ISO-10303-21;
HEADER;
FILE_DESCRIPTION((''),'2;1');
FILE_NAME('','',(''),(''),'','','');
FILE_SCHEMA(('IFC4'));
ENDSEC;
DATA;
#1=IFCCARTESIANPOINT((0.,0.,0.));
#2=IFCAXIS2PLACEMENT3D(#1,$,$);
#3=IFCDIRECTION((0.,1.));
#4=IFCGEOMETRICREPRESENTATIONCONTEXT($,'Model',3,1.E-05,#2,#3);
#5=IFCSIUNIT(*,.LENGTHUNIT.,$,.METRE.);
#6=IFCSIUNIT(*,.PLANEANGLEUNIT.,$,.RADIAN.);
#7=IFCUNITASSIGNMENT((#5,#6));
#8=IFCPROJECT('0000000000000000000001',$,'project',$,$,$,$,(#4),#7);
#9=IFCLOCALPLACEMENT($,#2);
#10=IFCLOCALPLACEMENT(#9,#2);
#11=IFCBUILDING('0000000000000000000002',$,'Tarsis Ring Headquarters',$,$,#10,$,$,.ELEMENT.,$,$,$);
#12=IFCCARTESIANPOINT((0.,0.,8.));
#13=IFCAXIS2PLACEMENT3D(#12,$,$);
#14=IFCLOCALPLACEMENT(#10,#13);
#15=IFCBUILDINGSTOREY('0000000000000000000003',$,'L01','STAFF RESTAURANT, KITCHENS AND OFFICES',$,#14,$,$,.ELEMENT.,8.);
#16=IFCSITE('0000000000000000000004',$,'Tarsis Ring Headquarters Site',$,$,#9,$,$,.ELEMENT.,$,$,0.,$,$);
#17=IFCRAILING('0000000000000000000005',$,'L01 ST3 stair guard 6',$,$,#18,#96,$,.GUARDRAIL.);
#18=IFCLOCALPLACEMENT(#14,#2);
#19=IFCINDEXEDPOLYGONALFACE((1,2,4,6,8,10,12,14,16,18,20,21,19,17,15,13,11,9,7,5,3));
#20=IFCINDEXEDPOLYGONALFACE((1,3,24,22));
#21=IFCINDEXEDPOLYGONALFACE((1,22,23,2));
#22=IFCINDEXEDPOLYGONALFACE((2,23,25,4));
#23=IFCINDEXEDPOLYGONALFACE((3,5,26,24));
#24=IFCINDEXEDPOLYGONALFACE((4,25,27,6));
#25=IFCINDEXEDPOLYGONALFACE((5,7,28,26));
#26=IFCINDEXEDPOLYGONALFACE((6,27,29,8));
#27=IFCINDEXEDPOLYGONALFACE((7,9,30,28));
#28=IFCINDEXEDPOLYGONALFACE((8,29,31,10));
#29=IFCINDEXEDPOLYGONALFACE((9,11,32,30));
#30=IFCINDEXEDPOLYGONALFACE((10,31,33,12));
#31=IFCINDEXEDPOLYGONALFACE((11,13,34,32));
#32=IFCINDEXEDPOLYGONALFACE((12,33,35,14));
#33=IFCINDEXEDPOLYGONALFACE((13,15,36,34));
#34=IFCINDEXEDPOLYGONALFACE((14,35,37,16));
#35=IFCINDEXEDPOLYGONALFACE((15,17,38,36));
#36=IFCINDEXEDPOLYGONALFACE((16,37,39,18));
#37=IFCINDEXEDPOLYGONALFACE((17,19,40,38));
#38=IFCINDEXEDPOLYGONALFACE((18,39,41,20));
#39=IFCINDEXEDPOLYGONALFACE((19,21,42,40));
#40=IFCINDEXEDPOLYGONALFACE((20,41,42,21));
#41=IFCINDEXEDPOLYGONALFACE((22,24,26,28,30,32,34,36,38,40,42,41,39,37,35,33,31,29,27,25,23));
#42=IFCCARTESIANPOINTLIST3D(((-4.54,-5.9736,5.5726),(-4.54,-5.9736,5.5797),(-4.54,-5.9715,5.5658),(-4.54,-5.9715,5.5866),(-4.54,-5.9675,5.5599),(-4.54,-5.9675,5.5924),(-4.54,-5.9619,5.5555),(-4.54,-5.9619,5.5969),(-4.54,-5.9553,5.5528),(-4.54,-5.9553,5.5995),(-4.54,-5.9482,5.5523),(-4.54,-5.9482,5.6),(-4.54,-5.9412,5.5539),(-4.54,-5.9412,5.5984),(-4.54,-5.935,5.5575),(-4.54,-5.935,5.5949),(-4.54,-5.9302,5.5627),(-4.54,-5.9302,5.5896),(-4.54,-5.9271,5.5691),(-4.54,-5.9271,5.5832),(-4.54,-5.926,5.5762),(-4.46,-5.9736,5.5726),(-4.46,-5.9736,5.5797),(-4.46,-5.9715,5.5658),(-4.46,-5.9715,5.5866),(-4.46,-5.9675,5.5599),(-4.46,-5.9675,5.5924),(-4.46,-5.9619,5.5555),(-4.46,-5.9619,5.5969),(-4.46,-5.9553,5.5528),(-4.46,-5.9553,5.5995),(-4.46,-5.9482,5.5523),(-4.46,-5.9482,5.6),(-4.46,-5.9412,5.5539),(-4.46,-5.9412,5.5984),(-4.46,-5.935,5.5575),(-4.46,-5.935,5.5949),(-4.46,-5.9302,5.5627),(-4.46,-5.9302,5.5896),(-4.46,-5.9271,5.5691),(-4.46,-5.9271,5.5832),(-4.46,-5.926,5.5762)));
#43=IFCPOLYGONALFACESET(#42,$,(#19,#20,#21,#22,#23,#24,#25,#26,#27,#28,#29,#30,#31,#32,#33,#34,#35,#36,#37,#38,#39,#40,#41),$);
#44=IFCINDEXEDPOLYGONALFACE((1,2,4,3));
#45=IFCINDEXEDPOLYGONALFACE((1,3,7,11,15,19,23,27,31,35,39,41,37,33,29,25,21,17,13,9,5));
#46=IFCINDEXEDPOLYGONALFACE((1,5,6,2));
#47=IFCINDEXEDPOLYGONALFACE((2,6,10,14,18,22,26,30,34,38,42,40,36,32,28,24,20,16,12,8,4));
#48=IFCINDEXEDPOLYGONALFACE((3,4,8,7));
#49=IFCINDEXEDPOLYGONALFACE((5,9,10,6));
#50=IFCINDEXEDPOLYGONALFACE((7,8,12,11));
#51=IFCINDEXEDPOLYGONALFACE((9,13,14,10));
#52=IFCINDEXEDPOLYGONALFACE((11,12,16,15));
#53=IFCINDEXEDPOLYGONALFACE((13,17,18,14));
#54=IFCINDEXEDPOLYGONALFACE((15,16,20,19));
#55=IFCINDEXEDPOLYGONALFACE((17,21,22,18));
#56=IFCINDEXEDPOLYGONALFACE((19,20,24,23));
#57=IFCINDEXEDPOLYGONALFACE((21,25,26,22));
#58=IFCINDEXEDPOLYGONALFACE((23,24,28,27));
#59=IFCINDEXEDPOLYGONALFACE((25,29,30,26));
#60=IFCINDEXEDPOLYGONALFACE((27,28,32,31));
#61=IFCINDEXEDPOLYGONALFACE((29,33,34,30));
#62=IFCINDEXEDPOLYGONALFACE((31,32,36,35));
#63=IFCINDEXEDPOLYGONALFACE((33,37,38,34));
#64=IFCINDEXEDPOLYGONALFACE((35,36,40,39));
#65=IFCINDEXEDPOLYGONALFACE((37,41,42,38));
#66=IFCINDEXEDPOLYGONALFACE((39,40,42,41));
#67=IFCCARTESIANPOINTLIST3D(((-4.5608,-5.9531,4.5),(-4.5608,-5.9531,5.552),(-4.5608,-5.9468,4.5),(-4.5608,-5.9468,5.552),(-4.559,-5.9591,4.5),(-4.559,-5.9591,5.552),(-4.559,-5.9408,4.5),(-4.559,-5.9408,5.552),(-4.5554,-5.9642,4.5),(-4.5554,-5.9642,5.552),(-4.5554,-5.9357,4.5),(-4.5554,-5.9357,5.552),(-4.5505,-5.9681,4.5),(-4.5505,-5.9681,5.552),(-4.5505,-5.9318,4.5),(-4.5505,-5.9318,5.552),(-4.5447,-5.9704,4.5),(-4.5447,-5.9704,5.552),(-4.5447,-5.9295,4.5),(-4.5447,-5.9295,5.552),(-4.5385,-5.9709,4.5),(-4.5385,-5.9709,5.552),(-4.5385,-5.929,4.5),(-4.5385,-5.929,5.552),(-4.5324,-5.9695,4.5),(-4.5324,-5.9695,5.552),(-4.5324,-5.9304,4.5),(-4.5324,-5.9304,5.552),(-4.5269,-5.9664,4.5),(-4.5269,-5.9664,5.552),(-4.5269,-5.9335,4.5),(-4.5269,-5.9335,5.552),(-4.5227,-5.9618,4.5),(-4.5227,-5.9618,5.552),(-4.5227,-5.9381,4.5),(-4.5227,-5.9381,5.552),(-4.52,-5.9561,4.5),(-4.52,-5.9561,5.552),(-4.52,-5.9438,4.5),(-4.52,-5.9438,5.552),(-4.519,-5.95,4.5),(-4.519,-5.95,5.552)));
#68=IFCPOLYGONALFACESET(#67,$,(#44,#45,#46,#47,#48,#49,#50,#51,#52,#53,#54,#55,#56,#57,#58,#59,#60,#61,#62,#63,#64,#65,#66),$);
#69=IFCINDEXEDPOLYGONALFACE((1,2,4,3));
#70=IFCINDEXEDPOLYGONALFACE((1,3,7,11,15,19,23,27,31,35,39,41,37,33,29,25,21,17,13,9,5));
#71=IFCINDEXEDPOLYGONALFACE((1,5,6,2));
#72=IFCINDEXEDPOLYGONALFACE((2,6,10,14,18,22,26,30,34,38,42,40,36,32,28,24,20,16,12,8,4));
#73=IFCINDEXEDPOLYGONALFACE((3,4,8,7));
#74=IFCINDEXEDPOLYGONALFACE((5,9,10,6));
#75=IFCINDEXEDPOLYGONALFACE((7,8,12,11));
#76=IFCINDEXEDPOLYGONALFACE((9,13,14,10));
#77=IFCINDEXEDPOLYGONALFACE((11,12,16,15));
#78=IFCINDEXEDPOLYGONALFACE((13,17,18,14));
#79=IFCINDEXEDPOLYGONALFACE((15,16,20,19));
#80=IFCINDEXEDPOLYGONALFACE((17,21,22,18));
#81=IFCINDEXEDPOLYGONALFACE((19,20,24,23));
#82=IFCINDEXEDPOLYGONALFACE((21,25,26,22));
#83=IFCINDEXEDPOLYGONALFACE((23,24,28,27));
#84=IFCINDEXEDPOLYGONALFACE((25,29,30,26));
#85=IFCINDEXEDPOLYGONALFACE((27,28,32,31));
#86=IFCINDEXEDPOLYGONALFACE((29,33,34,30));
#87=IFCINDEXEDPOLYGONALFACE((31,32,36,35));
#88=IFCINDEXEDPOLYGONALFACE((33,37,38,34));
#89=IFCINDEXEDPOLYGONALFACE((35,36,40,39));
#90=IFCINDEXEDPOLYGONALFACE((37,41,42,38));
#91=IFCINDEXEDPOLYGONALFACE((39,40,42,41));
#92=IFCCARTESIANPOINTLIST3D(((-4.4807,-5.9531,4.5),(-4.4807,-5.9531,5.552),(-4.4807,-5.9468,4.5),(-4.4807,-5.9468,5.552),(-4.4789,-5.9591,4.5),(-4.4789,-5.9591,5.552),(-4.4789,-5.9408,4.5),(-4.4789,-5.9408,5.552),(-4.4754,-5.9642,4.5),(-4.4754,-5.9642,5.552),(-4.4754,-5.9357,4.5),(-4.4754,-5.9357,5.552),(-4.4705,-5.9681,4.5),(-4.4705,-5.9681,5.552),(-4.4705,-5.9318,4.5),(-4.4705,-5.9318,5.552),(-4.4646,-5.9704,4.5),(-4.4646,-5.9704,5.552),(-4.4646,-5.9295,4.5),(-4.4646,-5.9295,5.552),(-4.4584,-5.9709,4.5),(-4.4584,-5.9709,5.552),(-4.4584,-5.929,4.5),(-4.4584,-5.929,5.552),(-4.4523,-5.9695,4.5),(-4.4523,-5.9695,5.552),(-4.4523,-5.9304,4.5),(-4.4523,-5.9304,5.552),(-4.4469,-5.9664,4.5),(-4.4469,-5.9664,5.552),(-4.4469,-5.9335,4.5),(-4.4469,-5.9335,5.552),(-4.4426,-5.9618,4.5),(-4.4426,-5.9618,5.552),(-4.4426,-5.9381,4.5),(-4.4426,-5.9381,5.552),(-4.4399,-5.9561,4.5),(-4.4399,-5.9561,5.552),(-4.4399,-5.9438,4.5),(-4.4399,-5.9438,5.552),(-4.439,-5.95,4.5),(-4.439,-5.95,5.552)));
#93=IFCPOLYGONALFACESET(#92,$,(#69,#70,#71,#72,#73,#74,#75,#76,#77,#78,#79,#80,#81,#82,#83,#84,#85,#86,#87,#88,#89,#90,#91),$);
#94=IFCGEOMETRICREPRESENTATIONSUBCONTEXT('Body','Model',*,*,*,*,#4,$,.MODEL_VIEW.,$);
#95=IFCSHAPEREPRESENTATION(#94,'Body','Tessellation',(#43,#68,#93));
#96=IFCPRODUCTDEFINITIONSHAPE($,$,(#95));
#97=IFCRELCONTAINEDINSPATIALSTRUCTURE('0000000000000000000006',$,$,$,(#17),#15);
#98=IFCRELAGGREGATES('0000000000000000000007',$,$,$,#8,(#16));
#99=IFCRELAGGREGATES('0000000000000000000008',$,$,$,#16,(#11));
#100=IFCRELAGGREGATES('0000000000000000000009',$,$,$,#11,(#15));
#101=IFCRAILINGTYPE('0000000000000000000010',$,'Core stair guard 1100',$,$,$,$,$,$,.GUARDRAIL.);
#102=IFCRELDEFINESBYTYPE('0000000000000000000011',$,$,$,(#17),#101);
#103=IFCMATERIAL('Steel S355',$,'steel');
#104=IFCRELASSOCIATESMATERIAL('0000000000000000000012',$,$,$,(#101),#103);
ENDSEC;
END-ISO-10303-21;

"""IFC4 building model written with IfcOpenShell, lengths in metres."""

from ifc_helpers import new_model, si_unit, direction, frame, origin, origin_2d, place, context, subcontext, project, spatial, circle, extrude, material, type_object, element, save


model = new_model("IFC4")

# Units and contexts
model_context = context("Model", 3, precision=1e-05, world=origin(), true_north=direction((0.0, 1.0)))
body_context = subcontext(model_context, "Body", "Model", "MODEL_VIEW")
ifc_project = project(units=[si_unit("LENGTHUNIT", "METRE"), si_unit("PLANEANGLEUNIT", "RADIAN")], contexts=[model_context])

# Site, building, storey
site_placement = place(None, origin())
site = spatial("IfcSite", under=ifc_project, at=site_placement, Name="Tarsis Ring Headquarters Site", CompositionType="ELEMENT", RefElevation=0.0)
building_placement = place(site_placement, origin())
building = spatial("IfcBuilding", under=site, at=building_placement, Name="Tarsis Ring Headquarters", CompositionType="ELEMENT")
storey_placement = place(building_placement, frame((0.0, 0.0, 8.0)))
storey = spatial("IfcBuildingStorey", under=building, at=storey_placement, Name="L01", Description="STAFF RESTAURANT, KITCHENS AND OFFICES", CompositionType="ELEMENT", Elevation=8.0)

# Railing
ifc_material_1 = material(Name="Steel S355", Category="steel")
railing_type_1 = type_object("IfcRailingType", Name="Core stair guard 1100", PredefinedType="GUARDRAIL", material=ifc_material_1)
railing_1_placement = place(storey_placement, frame((-4.54, -5.95, 4.5)))
element("IfcRailing", 1, at=railing_1_placement, inside=storey, type_object=railing_type_1, Name="L01 ST3 stair guard 6", PredefinedType="GUARDRAIL", context=body_context, shape_type="SweptSolid", body=[
    extrude(circle(Radius=0.0239, at=origin_2d()), frame((0.0, 0.0, 1.0762), z_axis=(1.0, 0.0, 0.0), x_axis=(0.0, 1.0, 0.0)), (0.0, 0.0, 1.0), 0.0801),
    extrude(circle(Radius=0.021, at=origin_2d()), origin(), (0.0, 0.0, 1.0), 1.052),
    extrude(circle(Radius=0.021, at=origin_2d()), frame((0.0801, 0.0, 0.0)), (0.0, 0.0, 1.0), 1.052),
])

save(model, "model.ifc")
